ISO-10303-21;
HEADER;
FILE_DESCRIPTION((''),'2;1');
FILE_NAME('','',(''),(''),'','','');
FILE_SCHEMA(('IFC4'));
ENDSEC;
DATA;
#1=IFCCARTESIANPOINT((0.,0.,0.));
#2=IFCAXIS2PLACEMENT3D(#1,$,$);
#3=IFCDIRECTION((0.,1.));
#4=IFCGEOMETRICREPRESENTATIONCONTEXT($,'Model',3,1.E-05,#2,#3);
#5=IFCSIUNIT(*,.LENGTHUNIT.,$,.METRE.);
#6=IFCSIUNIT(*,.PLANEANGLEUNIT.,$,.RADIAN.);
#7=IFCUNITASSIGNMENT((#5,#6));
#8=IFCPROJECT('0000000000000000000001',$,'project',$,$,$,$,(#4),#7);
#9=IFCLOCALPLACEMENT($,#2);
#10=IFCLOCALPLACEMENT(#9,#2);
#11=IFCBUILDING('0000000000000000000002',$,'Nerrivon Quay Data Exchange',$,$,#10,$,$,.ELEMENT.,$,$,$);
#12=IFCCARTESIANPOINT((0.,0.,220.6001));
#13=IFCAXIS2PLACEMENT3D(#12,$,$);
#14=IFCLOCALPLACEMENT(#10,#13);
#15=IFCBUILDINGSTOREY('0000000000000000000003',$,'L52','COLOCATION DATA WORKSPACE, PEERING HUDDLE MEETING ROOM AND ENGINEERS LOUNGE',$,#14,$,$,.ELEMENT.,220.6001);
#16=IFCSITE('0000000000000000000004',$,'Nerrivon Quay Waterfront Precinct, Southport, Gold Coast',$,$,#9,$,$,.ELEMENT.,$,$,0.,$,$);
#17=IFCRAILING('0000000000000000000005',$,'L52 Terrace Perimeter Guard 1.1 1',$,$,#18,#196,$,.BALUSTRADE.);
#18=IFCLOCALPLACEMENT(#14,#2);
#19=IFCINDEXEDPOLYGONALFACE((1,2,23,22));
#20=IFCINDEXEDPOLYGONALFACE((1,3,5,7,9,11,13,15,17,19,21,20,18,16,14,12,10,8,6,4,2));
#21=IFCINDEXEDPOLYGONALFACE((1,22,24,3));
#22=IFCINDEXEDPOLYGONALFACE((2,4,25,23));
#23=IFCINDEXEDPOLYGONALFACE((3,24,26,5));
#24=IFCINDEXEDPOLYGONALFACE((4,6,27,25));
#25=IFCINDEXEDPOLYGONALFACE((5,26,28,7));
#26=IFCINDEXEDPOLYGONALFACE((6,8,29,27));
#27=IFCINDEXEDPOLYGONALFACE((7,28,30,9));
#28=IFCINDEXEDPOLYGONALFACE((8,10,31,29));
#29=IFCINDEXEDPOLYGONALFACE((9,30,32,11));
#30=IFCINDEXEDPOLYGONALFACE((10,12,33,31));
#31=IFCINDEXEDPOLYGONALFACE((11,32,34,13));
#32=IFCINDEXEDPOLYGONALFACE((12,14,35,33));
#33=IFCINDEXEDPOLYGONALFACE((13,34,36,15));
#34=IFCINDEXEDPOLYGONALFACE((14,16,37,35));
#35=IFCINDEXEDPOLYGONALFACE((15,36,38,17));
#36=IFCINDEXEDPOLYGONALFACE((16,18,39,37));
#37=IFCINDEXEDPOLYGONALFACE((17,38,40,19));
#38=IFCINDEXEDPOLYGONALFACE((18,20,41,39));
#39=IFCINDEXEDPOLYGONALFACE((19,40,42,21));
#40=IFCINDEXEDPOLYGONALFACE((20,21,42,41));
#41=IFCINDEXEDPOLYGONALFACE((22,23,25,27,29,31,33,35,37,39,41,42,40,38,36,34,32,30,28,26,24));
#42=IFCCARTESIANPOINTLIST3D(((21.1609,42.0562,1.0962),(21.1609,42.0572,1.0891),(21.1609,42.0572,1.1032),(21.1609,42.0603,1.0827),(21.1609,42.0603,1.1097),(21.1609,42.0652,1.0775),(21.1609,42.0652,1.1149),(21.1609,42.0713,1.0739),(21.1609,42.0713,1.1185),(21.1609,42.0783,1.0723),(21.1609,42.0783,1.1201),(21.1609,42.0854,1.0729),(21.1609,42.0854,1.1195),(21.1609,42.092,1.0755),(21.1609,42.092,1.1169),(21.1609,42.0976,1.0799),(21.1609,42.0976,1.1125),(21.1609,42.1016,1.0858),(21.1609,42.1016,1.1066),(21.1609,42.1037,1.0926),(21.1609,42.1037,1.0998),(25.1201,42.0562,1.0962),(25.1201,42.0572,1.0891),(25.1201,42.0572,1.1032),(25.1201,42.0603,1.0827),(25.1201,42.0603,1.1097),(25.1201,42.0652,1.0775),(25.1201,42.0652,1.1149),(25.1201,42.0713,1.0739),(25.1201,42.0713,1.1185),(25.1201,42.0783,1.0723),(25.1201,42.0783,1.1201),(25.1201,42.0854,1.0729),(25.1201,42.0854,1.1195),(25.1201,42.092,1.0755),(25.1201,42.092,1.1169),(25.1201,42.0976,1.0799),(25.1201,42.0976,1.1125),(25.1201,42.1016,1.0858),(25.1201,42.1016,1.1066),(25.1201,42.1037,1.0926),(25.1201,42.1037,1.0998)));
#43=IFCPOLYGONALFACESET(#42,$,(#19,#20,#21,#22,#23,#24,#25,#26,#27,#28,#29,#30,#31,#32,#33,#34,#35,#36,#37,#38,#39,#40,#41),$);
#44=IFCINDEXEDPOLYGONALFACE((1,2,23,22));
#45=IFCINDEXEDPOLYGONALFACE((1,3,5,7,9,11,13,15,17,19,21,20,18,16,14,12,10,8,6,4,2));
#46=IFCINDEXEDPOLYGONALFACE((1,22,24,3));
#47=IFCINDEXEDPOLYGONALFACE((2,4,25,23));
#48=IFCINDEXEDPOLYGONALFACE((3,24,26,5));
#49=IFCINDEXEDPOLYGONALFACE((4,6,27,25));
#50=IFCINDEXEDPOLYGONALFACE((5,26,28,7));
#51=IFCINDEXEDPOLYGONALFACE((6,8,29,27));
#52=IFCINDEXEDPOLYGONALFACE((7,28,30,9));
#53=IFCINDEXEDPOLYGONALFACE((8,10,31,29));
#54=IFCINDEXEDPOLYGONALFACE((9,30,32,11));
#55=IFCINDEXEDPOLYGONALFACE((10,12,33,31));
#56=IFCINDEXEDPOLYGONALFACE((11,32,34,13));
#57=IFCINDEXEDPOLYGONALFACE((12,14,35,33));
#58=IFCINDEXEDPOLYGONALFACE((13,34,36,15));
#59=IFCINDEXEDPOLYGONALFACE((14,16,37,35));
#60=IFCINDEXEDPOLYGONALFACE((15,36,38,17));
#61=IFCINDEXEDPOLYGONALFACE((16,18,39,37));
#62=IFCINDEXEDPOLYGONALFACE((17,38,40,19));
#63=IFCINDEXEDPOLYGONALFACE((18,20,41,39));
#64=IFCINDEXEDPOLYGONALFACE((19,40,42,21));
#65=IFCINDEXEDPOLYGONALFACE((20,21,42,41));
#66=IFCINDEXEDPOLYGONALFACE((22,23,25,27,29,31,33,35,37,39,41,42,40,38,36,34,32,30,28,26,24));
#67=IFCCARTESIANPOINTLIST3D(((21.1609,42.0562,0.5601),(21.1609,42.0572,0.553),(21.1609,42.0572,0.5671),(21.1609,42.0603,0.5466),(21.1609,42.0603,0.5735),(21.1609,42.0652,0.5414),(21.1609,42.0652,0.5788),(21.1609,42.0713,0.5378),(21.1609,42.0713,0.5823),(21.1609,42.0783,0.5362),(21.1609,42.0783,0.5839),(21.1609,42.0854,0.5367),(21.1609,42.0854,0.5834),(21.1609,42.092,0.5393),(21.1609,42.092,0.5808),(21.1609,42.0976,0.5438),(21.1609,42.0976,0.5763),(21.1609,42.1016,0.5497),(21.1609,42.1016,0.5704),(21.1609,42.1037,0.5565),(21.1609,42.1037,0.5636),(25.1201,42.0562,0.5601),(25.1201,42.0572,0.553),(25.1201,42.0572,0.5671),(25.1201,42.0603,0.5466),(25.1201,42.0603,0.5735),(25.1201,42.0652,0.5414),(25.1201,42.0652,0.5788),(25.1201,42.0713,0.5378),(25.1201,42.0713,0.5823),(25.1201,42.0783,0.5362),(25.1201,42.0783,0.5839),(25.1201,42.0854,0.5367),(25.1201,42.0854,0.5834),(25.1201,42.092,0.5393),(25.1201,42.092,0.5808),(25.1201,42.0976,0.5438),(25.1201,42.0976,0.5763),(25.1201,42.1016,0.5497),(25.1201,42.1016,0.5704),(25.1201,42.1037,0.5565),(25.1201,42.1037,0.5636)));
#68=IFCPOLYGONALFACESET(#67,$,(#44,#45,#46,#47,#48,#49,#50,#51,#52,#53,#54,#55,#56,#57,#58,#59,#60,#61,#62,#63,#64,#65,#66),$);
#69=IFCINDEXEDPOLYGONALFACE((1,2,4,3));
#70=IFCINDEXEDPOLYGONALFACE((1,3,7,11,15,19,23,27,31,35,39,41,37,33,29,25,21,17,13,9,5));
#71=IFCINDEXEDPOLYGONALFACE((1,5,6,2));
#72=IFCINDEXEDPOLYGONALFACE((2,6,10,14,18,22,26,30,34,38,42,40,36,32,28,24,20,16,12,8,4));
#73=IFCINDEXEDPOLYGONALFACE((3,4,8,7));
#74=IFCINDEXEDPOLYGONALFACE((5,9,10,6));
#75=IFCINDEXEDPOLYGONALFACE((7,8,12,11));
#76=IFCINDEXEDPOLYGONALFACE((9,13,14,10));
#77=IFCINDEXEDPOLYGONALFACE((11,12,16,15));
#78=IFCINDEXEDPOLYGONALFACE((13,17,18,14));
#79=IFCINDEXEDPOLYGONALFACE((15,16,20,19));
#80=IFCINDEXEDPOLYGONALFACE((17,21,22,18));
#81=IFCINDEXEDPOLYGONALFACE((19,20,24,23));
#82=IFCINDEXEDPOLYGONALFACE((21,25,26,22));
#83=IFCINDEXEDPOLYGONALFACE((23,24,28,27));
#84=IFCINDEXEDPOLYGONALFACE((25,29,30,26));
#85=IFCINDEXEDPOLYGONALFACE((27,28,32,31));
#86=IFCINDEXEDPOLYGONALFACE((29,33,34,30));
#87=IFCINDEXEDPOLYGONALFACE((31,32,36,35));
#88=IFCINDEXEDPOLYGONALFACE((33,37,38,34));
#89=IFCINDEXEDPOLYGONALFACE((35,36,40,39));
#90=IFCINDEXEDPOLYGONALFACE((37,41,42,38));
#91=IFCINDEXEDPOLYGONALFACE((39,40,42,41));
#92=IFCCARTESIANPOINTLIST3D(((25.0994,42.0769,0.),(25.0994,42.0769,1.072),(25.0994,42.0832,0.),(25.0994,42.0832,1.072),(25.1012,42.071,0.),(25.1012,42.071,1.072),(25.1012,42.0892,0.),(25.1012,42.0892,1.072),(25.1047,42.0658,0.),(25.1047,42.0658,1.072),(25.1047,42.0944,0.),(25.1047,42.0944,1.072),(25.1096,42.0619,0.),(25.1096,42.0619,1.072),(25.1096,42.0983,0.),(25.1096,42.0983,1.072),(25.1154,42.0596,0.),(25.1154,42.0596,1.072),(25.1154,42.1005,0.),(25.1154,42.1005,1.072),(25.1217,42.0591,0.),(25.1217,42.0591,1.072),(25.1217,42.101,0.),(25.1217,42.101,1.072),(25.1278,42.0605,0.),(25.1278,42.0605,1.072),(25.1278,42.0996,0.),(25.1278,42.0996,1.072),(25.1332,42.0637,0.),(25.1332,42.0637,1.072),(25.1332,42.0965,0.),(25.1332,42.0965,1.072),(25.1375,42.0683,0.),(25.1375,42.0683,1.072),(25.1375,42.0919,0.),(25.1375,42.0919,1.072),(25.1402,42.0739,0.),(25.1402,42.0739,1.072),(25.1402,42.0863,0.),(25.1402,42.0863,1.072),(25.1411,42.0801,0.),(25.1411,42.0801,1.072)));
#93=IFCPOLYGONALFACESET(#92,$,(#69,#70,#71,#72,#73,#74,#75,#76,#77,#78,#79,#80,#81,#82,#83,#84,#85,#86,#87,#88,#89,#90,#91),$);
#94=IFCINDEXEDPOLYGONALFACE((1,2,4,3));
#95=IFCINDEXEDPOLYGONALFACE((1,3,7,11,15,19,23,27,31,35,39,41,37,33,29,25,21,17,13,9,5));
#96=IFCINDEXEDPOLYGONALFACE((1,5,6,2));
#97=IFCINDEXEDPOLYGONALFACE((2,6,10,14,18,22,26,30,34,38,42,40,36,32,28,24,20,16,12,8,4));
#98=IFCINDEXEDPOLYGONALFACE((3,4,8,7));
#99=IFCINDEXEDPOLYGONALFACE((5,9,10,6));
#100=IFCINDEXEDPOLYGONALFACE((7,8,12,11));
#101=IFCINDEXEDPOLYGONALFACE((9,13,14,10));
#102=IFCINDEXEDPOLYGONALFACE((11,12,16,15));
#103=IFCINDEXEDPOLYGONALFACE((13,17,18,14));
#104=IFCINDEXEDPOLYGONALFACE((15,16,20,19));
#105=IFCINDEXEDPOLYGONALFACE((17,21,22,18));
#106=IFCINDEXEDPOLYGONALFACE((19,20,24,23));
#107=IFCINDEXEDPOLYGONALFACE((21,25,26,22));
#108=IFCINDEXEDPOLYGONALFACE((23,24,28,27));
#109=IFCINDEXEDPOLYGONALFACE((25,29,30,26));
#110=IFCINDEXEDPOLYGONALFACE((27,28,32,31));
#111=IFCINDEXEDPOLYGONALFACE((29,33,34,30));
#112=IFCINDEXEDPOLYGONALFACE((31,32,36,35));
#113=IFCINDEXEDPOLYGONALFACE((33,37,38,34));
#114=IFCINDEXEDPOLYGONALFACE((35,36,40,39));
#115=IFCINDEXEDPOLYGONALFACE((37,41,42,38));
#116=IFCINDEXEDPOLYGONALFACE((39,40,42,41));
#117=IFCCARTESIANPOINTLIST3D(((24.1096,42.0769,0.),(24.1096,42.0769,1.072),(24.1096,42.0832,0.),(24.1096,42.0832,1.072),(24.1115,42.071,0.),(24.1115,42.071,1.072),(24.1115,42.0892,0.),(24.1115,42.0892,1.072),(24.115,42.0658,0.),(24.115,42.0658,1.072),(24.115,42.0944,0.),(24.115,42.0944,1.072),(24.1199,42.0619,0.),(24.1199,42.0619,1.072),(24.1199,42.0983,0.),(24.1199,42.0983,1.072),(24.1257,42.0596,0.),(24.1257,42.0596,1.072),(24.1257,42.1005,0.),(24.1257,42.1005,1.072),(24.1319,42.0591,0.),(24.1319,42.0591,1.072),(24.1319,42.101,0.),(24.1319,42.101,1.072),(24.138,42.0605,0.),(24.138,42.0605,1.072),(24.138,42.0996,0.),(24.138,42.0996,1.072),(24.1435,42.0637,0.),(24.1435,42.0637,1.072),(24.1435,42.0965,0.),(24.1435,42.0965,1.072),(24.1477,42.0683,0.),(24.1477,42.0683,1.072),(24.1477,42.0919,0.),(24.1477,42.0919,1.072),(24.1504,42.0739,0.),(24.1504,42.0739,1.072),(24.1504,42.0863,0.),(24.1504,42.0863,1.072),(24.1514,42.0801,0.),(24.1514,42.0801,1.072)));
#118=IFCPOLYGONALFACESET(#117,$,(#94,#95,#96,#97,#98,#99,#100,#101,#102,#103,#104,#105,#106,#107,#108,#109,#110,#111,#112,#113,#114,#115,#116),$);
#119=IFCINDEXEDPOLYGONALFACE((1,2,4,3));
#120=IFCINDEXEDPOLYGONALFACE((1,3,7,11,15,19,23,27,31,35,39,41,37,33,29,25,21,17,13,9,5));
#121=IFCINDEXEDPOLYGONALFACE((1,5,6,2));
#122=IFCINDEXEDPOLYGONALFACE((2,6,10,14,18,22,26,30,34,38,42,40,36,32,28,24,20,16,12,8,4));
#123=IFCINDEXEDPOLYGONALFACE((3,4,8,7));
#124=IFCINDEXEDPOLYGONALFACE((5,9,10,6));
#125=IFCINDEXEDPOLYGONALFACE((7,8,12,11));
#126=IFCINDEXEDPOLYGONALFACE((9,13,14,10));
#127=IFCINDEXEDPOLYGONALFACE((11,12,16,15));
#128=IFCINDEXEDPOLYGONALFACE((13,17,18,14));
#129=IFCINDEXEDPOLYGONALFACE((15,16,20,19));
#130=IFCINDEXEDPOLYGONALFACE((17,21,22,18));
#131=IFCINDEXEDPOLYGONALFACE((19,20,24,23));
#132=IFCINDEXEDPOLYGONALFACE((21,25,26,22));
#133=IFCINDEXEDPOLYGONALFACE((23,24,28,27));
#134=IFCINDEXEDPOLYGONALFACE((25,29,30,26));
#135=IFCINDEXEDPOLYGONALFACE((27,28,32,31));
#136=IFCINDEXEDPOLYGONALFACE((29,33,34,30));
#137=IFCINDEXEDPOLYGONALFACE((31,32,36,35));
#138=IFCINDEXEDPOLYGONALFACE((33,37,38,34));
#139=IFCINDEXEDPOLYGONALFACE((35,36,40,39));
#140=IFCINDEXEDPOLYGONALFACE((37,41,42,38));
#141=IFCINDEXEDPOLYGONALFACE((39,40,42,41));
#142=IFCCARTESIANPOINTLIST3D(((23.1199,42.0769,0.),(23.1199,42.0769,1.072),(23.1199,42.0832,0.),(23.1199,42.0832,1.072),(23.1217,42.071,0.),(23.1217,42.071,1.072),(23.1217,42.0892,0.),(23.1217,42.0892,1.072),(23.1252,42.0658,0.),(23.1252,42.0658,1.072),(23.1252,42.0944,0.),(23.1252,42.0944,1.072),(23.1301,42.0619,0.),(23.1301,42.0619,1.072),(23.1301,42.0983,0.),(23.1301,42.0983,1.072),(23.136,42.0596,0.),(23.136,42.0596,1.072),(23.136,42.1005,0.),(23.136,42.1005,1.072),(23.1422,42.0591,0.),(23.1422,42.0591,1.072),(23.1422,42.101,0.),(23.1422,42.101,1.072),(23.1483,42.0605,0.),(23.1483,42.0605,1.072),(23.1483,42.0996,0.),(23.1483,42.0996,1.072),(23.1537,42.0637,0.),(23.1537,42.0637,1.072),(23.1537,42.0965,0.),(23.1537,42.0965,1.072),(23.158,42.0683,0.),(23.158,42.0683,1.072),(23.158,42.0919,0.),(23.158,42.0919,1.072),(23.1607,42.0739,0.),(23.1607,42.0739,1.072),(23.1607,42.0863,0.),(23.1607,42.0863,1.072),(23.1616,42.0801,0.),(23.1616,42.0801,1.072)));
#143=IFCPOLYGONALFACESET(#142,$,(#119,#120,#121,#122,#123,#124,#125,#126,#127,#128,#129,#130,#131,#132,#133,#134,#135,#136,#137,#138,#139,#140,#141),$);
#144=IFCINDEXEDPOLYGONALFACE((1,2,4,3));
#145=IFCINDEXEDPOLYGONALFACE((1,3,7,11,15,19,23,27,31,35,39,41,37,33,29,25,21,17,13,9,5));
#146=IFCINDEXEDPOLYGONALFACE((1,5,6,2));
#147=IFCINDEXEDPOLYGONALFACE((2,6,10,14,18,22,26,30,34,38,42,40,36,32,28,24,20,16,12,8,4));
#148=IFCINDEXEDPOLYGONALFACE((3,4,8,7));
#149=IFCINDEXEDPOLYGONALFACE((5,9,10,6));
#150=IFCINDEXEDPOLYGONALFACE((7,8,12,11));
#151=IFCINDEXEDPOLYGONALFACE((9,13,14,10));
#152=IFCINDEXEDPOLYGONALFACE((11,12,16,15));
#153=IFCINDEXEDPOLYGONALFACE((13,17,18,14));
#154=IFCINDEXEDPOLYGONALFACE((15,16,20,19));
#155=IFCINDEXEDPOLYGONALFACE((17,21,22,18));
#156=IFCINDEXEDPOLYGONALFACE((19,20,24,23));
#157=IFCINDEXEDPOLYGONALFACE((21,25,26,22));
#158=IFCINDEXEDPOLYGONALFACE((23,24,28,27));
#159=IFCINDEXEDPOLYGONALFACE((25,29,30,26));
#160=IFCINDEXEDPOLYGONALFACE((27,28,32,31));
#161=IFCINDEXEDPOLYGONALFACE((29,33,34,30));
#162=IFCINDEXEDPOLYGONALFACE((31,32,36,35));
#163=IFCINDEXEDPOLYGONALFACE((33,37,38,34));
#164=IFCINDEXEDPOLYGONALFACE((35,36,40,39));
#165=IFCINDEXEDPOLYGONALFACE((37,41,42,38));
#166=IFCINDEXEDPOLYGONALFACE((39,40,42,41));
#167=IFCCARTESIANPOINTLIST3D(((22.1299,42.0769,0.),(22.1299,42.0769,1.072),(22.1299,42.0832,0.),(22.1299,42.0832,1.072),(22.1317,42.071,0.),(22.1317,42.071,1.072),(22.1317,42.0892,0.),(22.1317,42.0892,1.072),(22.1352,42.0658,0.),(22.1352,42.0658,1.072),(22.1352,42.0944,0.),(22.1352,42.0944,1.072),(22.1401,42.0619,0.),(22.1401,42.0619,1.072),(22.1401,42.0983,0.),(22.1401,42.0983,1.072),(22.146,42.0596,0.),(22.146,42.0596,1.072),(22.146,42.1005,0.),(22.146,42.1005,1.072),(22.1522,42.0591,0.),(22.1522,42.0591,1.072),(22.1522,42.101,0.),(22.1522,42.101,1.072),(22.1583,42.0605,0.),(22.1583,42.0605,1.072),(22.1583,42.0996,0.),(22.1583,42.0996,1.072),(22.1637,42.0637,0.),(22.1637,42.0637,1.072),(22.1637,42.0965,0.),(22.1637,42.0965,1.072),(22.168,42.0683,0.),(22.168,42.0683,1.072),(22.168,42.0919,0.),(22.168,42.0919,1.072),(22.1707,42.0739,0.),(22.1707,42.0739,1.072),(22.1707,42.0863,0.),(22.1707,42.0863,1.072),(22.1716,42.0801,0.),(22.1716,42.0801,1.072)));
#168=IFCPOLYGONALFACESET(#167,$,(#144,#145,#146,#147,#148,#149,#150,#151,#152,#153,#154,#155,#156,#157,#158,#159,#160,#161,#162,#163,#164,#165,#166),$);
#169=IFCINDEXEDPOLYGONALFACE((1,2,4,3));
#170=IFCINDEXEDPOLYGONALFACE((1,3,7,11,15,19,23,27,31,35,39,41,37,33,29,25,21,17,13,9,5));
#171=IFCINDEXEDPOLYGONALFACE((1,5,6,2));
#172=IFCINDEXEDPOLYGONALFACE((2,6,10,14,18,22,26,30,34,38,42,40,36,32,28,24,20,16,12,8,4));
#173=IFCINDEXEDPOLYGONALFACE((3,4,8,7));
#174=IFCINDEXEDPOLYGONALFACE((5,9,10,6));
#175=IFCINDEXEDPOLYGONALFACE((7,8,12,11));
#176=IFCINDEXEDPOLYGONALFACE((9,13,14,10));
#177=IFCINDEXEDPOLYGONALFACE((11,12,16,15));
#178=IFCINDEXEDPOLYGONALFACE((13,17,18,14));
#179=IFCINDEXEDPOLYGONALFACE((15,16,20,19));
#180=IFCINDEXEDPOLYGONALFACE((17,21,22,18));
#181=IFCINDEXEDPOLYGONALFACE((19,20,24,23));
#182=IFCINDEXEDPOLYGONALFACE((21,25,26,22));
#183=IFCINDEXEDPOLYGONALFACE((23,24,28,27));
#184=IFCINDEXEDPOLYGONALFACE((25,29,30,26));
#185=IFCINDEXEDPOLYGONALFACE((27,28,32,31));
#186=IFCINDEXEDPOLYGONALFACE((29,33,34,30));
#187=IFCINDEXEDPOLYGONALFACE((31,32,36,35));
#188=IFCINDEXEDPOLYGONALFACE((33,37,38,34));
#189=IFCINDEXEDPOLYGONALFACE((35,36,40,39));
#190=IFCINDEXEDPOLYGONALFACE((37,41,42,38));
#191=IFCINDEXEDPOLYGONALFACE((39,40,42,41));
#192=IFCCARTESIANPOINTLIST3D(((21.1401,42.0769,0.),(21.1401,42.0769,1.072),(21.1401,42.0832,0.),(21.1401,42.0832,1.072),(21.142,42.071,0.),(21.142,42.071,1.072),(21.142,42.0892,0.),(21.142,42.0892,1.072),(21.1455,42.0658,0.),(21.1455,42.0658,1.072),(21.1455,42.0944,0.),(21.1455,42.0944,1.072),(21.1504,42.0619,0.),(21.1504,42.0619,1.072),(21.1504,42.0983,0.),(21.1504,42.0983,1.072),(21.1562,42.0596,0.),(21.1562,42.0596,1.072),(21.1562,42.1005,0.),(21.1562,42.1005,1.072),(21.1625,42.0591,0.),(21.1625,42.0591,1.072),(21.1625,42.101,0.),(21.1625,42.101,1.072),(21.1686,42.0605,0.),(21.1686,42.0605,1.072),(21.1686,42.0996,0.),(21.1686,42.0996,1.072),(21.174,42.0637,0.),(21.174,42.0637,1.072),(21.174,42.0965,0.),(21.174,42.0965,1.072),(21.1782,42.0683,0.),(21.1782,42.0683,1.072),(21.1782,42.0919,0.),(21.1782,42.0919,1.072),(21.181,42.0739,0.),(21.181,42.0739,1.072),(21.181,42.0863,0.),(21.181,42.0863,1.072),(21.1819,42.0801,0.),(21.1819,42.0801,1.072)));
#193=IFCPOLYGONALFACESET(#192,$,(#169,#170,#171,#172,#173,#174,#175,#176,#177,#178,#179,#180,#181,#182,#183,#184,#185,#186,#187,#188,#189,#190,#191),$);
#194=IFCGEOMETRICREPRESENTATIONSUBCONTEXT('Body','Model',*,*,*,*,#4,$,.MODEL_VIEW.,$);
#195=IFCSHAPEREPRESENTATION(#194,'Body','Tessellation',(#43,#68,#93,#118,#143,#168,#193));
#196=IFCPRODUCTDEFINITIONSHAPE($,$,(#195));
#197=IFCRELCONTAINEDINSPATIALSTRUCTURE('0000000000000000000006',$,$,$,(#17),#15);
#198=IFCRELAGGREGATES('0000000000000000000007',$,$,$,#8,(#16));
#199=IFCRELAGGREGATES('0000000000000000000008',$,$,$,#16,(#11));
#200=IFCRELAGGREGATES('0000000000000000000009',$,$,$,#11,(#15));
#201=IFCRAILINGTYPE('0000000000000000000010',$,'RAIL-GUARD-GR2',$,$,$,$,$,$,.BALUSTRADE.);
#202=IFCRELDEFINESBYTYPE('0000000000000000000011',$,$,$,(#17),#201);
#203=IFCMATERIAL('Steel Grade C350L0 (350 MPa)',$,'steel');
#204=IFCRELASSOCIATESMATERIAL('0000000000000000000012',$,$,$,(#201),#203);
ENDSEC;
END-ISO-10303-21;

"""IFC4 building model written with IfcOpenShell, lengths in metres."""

from ifc_helpers import new_model, si_unit, direction, frame, origin, origin_2d, place, context, subcontext, project, spatial, circle, extrude, material, type_object, element, save


model = new_model("IFC4")

# Units and contexts
model_context = context("Model", 3, precision=1e-05, world=origin(), true_north=direction((0.0, 1.0)))
body_context = subcontext(model_context, "Body", "Model", "MODEL_VIEW")
ifc_project = project(units=[si_unit("LENGTHUNIT", "METRE"), si_unit("PLANEANGLEUNIT", "RADIAN")], contexts=[model_context])

# Site, building, storey
site_placement = place(None, origin())
site = spatial("IfcSite", under=ifc_project, at=site_placement, Name="Nerrivon Quay Waterfront Precinct, Southport, Gold Coast", CompositionType="ELEMENT", RefElevation=0.0)
building_placement = place(site_placement, origin())
building = spatial("IfcBuilding", under=site, at=building_placement, Name="Nerrivon Quay Data Exchange", CompositionType="ELEMENT")
storey_placement = place(building_placement, frame((0.0, 0.0, 220.6001)))
storey = spatial("IfcBuildingStorey", under=building, at=storey_placement, Name="L52", Description="COLOCATION DATA WORKSPACE, PEERING HUDDLE MEETING ROOM AND ENGINEERS LOUNGE", CompositionType="ELEMENT", Elevation=220.6001)

# Railing
ifc_material_1 = material(Name="Steel Grade C350L0 (350 MPa)", Category="steel")
railing_type = type_object("IfcRailingType", Name="RAIL-GUARD-GR2", PredefinedType="BALUSTRADE", material=ifc_material_1)
railing_1_placement = place(storey_placement, frame((25.1201, 42.0801, 0.0)))
element("IfcRailing", 1, at=railing_1_placement, inside=storey, type_object=railing_type, Name="L52 Terrace Perimeter Guard 1.1 1", PredefinedType="BALUSTRADE", context=body_context, shape_type="SweptSolid", body=[
    extrude(circle(Radius=0.0239, at=origin_2d()), frame((0.0, 0.0, 1.0962), z_axis=(-1.0, 0.0, 0.0), x_axis=(0.0, -1.0, 0.0)), (0.0, 0.0, 1.0), 3.9592),
    extrude(circle(Radius=0.0239, at=origin_2d()), frame((0.0, 0.0, 0.5601), z_axis=(-1.0, 0.0, 0.0), x_axis=(0.0, -1.0, 0.0)), (0.0, 0.0, 1.0), 3.9592),
    extrude(circle(Radius=0.021, at=origin_2d()), origin(), (0.0, 0.0, 1.0), 1.072),
    extrude(circle(Radius=0.021, at=origin_2d()), frame((-0.9897, 0.0, 0.0)), (0.0, 0.0, 1.0), 1.072),
    extrude(circle(Radius=0.021, at=origin_2d()), frame((-1.9795, 0.0, 0.0)), (0.0, 0.0, 1.0), 1.072),
    extrude(circle(Radius=0.021, at=origin_2d()), frame((-2.9695, 0.0, 0.0)), (0.0, 0.0, 1.0), 1.072),
    extrude(circle(Radius=0.021, at=origin_2d()), frame((-3.9592, 0.0, 0.0)), (0.0, 0.0, 1.0), 1.072),
])

save(model, "model.ifc")
